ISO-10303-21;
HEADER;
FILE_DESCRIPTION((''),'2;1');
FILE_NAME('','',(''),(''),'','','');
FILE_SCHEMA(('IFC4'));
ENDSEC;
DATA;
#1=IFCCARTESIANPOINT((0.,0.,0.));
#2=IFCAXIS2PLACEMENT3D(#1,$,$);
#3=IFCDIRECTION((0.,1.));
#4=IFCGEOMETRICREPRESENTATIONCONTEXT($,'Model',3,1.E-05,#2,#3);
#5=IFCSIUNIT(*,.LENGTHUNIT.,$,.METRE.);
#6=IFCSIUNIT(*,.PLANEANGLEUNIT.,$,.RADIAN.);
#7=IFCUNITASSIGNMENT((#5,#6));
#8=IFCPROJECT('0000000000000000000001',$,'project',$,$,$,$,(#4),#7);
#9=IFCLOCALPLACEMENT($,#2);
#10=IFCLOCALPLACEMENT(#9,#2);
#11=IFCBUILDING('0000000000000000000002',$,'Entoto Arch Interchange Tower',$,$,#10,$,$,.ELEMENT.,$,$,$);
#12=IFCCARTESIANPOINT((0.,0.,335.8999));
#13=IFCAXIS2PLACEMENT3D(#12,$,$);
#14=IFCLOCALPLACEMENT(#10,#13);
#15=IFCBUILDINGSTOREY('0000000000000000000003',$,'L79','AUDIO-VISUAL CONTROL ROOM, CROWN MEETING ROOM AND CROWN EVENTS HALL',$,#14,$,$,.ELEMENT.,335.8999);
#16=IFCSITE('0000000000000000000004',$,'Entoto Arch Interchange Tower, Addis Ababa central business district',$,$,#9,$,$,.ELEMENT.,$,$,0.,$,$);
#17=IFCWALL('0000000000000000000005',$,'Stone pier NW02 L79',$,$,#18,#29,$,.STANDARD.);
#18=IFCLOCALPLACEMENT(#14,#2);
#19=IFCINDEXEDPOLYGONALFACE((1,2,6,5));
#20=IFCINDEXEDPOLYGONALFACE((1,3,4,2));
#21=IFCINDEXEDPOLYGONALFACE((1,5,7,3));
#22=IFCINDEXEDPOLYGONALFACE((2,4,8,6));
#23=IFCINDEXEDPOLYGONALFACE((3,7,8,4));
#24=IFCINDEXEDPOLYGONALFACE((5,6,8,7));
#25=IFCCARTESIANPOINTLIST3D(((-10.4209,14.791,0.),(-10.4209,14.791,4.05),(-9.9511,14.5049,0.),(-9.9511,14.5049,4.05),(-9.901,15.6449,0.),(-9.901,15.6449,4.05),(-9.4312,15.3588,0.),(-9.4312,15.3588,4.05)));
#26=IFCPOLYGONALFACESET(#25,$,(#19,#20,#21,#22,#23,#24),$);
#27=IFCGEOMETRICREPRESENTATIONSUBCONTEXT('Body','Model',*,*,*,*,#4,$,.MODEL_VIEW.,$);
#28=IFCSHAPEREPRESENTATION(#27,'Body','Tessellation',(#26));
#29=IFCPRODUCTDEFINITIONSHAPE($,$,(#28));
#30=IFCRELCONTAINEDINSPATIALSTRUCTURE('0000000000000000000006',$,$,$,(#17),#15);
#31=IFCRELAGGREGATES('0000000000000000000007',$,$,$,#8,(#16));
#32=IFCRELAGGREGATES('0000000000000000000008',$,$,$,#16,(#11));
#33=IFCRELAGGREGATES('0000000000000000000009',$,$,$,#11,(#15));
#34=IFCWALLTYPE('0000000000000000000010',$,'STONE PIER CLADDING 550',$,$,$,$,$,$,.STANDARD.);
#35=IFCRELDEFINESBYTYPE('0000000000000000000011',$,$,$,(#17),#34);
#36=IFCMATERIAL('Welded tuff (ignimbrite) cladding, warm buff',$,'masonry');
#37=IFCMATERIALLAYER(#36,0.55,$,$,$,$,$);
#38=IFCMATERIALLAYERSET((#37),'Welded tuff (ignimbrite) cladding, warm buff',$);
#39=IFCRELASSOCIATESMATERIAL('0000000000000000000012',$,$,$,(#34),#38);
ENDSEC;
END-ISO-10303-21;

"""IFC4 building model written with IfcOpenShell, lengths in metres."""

from ifc_helpers import new_model, si_unit, direction, frame, frame_2d, origin, place, context, subcontext, project, spatial, rectangle, extrude, material, layer, layer_set, type_object, element, save


model = new_model("IFC4")

# Units and contexts
model_context = context("Model", 3, precision=1e-05, world=origin(), true_north=direction((0.0, 1.0)))
body_context = subcontext(model_context, "Body", "Model", "MODEL_VIEW")
ifc_project = project(units=[si_unit("LENGTHUNIT", "METRE"), si_unit("PLANEANGLEUNIT", "RADIAN")], contexts=[model_context])

# Site, building, storey
site_placement = place(None, origin())
site = spatial("IfcSite", under=ifc_project, at=site_placement, Name="Entoto Arch Interchange Tower, Addis Ababa central business district", CompositionType="ELEMENT", RefElevation=0.0)
building_placement = place(site_placement, origin())
building = spatial("IfcBuilding", under=site, at=building_placement, Name="Entoto Arch Interchange Tower", CompositionType="ELEMENT")
storey_placement = place(building_placement, frame((0.0, 0.0, 335.8999)))
storey = spatial("IfcBuildingStorey", under=building, at=storey_placement, Name="L79", Description="AUDIO-VISUAL CONTROL ROOM, CROWN MEETING ROOM AND CROWN EVENTS HALL", CompositionType="ELEMENT", Elevation=335.8999)

# Shared definitions
ifc_material_1 = material(Name="Welded tuff (ignimbrite) cladding, warm buff", Category="masonry")

# Wall
ifc_layer_1 = layer(ifc_material_1, 0.55)
ifc_layer_set_1 = layer_set([ifc_layer_1], Name="Welded tuff (ignimbrite) cladding, warm buff")
wall_type_1 = type_object("IfcWallType", Name="STONE PIER CLADDING 550", PredefinedType="STANDARD", material=ifc_layer_set_1)
wall_1_placement = place(storey_placement, frame((-9.666, 15.502, 0.0), z_axis=(0.0, 0.0, 1.0), x_axis=(-0.520086, -0.854114, 0.0)))
element("IfcWall", 1, at=wall_1_placement, inside=storey, type_object=wall_type_1, Name="Stone pier NW02 L79", PredefinedType="STANDARD", context=body_context, shape_type="SweptSolid", body=[
    extrude(rectangle(XDim=0.9998, YDim=0.55, at=frame_2d((0.5, 0.0))), origin(), (0.0, 0.0, 1.0), 4.05),
])

save(model, "model.ifc")
